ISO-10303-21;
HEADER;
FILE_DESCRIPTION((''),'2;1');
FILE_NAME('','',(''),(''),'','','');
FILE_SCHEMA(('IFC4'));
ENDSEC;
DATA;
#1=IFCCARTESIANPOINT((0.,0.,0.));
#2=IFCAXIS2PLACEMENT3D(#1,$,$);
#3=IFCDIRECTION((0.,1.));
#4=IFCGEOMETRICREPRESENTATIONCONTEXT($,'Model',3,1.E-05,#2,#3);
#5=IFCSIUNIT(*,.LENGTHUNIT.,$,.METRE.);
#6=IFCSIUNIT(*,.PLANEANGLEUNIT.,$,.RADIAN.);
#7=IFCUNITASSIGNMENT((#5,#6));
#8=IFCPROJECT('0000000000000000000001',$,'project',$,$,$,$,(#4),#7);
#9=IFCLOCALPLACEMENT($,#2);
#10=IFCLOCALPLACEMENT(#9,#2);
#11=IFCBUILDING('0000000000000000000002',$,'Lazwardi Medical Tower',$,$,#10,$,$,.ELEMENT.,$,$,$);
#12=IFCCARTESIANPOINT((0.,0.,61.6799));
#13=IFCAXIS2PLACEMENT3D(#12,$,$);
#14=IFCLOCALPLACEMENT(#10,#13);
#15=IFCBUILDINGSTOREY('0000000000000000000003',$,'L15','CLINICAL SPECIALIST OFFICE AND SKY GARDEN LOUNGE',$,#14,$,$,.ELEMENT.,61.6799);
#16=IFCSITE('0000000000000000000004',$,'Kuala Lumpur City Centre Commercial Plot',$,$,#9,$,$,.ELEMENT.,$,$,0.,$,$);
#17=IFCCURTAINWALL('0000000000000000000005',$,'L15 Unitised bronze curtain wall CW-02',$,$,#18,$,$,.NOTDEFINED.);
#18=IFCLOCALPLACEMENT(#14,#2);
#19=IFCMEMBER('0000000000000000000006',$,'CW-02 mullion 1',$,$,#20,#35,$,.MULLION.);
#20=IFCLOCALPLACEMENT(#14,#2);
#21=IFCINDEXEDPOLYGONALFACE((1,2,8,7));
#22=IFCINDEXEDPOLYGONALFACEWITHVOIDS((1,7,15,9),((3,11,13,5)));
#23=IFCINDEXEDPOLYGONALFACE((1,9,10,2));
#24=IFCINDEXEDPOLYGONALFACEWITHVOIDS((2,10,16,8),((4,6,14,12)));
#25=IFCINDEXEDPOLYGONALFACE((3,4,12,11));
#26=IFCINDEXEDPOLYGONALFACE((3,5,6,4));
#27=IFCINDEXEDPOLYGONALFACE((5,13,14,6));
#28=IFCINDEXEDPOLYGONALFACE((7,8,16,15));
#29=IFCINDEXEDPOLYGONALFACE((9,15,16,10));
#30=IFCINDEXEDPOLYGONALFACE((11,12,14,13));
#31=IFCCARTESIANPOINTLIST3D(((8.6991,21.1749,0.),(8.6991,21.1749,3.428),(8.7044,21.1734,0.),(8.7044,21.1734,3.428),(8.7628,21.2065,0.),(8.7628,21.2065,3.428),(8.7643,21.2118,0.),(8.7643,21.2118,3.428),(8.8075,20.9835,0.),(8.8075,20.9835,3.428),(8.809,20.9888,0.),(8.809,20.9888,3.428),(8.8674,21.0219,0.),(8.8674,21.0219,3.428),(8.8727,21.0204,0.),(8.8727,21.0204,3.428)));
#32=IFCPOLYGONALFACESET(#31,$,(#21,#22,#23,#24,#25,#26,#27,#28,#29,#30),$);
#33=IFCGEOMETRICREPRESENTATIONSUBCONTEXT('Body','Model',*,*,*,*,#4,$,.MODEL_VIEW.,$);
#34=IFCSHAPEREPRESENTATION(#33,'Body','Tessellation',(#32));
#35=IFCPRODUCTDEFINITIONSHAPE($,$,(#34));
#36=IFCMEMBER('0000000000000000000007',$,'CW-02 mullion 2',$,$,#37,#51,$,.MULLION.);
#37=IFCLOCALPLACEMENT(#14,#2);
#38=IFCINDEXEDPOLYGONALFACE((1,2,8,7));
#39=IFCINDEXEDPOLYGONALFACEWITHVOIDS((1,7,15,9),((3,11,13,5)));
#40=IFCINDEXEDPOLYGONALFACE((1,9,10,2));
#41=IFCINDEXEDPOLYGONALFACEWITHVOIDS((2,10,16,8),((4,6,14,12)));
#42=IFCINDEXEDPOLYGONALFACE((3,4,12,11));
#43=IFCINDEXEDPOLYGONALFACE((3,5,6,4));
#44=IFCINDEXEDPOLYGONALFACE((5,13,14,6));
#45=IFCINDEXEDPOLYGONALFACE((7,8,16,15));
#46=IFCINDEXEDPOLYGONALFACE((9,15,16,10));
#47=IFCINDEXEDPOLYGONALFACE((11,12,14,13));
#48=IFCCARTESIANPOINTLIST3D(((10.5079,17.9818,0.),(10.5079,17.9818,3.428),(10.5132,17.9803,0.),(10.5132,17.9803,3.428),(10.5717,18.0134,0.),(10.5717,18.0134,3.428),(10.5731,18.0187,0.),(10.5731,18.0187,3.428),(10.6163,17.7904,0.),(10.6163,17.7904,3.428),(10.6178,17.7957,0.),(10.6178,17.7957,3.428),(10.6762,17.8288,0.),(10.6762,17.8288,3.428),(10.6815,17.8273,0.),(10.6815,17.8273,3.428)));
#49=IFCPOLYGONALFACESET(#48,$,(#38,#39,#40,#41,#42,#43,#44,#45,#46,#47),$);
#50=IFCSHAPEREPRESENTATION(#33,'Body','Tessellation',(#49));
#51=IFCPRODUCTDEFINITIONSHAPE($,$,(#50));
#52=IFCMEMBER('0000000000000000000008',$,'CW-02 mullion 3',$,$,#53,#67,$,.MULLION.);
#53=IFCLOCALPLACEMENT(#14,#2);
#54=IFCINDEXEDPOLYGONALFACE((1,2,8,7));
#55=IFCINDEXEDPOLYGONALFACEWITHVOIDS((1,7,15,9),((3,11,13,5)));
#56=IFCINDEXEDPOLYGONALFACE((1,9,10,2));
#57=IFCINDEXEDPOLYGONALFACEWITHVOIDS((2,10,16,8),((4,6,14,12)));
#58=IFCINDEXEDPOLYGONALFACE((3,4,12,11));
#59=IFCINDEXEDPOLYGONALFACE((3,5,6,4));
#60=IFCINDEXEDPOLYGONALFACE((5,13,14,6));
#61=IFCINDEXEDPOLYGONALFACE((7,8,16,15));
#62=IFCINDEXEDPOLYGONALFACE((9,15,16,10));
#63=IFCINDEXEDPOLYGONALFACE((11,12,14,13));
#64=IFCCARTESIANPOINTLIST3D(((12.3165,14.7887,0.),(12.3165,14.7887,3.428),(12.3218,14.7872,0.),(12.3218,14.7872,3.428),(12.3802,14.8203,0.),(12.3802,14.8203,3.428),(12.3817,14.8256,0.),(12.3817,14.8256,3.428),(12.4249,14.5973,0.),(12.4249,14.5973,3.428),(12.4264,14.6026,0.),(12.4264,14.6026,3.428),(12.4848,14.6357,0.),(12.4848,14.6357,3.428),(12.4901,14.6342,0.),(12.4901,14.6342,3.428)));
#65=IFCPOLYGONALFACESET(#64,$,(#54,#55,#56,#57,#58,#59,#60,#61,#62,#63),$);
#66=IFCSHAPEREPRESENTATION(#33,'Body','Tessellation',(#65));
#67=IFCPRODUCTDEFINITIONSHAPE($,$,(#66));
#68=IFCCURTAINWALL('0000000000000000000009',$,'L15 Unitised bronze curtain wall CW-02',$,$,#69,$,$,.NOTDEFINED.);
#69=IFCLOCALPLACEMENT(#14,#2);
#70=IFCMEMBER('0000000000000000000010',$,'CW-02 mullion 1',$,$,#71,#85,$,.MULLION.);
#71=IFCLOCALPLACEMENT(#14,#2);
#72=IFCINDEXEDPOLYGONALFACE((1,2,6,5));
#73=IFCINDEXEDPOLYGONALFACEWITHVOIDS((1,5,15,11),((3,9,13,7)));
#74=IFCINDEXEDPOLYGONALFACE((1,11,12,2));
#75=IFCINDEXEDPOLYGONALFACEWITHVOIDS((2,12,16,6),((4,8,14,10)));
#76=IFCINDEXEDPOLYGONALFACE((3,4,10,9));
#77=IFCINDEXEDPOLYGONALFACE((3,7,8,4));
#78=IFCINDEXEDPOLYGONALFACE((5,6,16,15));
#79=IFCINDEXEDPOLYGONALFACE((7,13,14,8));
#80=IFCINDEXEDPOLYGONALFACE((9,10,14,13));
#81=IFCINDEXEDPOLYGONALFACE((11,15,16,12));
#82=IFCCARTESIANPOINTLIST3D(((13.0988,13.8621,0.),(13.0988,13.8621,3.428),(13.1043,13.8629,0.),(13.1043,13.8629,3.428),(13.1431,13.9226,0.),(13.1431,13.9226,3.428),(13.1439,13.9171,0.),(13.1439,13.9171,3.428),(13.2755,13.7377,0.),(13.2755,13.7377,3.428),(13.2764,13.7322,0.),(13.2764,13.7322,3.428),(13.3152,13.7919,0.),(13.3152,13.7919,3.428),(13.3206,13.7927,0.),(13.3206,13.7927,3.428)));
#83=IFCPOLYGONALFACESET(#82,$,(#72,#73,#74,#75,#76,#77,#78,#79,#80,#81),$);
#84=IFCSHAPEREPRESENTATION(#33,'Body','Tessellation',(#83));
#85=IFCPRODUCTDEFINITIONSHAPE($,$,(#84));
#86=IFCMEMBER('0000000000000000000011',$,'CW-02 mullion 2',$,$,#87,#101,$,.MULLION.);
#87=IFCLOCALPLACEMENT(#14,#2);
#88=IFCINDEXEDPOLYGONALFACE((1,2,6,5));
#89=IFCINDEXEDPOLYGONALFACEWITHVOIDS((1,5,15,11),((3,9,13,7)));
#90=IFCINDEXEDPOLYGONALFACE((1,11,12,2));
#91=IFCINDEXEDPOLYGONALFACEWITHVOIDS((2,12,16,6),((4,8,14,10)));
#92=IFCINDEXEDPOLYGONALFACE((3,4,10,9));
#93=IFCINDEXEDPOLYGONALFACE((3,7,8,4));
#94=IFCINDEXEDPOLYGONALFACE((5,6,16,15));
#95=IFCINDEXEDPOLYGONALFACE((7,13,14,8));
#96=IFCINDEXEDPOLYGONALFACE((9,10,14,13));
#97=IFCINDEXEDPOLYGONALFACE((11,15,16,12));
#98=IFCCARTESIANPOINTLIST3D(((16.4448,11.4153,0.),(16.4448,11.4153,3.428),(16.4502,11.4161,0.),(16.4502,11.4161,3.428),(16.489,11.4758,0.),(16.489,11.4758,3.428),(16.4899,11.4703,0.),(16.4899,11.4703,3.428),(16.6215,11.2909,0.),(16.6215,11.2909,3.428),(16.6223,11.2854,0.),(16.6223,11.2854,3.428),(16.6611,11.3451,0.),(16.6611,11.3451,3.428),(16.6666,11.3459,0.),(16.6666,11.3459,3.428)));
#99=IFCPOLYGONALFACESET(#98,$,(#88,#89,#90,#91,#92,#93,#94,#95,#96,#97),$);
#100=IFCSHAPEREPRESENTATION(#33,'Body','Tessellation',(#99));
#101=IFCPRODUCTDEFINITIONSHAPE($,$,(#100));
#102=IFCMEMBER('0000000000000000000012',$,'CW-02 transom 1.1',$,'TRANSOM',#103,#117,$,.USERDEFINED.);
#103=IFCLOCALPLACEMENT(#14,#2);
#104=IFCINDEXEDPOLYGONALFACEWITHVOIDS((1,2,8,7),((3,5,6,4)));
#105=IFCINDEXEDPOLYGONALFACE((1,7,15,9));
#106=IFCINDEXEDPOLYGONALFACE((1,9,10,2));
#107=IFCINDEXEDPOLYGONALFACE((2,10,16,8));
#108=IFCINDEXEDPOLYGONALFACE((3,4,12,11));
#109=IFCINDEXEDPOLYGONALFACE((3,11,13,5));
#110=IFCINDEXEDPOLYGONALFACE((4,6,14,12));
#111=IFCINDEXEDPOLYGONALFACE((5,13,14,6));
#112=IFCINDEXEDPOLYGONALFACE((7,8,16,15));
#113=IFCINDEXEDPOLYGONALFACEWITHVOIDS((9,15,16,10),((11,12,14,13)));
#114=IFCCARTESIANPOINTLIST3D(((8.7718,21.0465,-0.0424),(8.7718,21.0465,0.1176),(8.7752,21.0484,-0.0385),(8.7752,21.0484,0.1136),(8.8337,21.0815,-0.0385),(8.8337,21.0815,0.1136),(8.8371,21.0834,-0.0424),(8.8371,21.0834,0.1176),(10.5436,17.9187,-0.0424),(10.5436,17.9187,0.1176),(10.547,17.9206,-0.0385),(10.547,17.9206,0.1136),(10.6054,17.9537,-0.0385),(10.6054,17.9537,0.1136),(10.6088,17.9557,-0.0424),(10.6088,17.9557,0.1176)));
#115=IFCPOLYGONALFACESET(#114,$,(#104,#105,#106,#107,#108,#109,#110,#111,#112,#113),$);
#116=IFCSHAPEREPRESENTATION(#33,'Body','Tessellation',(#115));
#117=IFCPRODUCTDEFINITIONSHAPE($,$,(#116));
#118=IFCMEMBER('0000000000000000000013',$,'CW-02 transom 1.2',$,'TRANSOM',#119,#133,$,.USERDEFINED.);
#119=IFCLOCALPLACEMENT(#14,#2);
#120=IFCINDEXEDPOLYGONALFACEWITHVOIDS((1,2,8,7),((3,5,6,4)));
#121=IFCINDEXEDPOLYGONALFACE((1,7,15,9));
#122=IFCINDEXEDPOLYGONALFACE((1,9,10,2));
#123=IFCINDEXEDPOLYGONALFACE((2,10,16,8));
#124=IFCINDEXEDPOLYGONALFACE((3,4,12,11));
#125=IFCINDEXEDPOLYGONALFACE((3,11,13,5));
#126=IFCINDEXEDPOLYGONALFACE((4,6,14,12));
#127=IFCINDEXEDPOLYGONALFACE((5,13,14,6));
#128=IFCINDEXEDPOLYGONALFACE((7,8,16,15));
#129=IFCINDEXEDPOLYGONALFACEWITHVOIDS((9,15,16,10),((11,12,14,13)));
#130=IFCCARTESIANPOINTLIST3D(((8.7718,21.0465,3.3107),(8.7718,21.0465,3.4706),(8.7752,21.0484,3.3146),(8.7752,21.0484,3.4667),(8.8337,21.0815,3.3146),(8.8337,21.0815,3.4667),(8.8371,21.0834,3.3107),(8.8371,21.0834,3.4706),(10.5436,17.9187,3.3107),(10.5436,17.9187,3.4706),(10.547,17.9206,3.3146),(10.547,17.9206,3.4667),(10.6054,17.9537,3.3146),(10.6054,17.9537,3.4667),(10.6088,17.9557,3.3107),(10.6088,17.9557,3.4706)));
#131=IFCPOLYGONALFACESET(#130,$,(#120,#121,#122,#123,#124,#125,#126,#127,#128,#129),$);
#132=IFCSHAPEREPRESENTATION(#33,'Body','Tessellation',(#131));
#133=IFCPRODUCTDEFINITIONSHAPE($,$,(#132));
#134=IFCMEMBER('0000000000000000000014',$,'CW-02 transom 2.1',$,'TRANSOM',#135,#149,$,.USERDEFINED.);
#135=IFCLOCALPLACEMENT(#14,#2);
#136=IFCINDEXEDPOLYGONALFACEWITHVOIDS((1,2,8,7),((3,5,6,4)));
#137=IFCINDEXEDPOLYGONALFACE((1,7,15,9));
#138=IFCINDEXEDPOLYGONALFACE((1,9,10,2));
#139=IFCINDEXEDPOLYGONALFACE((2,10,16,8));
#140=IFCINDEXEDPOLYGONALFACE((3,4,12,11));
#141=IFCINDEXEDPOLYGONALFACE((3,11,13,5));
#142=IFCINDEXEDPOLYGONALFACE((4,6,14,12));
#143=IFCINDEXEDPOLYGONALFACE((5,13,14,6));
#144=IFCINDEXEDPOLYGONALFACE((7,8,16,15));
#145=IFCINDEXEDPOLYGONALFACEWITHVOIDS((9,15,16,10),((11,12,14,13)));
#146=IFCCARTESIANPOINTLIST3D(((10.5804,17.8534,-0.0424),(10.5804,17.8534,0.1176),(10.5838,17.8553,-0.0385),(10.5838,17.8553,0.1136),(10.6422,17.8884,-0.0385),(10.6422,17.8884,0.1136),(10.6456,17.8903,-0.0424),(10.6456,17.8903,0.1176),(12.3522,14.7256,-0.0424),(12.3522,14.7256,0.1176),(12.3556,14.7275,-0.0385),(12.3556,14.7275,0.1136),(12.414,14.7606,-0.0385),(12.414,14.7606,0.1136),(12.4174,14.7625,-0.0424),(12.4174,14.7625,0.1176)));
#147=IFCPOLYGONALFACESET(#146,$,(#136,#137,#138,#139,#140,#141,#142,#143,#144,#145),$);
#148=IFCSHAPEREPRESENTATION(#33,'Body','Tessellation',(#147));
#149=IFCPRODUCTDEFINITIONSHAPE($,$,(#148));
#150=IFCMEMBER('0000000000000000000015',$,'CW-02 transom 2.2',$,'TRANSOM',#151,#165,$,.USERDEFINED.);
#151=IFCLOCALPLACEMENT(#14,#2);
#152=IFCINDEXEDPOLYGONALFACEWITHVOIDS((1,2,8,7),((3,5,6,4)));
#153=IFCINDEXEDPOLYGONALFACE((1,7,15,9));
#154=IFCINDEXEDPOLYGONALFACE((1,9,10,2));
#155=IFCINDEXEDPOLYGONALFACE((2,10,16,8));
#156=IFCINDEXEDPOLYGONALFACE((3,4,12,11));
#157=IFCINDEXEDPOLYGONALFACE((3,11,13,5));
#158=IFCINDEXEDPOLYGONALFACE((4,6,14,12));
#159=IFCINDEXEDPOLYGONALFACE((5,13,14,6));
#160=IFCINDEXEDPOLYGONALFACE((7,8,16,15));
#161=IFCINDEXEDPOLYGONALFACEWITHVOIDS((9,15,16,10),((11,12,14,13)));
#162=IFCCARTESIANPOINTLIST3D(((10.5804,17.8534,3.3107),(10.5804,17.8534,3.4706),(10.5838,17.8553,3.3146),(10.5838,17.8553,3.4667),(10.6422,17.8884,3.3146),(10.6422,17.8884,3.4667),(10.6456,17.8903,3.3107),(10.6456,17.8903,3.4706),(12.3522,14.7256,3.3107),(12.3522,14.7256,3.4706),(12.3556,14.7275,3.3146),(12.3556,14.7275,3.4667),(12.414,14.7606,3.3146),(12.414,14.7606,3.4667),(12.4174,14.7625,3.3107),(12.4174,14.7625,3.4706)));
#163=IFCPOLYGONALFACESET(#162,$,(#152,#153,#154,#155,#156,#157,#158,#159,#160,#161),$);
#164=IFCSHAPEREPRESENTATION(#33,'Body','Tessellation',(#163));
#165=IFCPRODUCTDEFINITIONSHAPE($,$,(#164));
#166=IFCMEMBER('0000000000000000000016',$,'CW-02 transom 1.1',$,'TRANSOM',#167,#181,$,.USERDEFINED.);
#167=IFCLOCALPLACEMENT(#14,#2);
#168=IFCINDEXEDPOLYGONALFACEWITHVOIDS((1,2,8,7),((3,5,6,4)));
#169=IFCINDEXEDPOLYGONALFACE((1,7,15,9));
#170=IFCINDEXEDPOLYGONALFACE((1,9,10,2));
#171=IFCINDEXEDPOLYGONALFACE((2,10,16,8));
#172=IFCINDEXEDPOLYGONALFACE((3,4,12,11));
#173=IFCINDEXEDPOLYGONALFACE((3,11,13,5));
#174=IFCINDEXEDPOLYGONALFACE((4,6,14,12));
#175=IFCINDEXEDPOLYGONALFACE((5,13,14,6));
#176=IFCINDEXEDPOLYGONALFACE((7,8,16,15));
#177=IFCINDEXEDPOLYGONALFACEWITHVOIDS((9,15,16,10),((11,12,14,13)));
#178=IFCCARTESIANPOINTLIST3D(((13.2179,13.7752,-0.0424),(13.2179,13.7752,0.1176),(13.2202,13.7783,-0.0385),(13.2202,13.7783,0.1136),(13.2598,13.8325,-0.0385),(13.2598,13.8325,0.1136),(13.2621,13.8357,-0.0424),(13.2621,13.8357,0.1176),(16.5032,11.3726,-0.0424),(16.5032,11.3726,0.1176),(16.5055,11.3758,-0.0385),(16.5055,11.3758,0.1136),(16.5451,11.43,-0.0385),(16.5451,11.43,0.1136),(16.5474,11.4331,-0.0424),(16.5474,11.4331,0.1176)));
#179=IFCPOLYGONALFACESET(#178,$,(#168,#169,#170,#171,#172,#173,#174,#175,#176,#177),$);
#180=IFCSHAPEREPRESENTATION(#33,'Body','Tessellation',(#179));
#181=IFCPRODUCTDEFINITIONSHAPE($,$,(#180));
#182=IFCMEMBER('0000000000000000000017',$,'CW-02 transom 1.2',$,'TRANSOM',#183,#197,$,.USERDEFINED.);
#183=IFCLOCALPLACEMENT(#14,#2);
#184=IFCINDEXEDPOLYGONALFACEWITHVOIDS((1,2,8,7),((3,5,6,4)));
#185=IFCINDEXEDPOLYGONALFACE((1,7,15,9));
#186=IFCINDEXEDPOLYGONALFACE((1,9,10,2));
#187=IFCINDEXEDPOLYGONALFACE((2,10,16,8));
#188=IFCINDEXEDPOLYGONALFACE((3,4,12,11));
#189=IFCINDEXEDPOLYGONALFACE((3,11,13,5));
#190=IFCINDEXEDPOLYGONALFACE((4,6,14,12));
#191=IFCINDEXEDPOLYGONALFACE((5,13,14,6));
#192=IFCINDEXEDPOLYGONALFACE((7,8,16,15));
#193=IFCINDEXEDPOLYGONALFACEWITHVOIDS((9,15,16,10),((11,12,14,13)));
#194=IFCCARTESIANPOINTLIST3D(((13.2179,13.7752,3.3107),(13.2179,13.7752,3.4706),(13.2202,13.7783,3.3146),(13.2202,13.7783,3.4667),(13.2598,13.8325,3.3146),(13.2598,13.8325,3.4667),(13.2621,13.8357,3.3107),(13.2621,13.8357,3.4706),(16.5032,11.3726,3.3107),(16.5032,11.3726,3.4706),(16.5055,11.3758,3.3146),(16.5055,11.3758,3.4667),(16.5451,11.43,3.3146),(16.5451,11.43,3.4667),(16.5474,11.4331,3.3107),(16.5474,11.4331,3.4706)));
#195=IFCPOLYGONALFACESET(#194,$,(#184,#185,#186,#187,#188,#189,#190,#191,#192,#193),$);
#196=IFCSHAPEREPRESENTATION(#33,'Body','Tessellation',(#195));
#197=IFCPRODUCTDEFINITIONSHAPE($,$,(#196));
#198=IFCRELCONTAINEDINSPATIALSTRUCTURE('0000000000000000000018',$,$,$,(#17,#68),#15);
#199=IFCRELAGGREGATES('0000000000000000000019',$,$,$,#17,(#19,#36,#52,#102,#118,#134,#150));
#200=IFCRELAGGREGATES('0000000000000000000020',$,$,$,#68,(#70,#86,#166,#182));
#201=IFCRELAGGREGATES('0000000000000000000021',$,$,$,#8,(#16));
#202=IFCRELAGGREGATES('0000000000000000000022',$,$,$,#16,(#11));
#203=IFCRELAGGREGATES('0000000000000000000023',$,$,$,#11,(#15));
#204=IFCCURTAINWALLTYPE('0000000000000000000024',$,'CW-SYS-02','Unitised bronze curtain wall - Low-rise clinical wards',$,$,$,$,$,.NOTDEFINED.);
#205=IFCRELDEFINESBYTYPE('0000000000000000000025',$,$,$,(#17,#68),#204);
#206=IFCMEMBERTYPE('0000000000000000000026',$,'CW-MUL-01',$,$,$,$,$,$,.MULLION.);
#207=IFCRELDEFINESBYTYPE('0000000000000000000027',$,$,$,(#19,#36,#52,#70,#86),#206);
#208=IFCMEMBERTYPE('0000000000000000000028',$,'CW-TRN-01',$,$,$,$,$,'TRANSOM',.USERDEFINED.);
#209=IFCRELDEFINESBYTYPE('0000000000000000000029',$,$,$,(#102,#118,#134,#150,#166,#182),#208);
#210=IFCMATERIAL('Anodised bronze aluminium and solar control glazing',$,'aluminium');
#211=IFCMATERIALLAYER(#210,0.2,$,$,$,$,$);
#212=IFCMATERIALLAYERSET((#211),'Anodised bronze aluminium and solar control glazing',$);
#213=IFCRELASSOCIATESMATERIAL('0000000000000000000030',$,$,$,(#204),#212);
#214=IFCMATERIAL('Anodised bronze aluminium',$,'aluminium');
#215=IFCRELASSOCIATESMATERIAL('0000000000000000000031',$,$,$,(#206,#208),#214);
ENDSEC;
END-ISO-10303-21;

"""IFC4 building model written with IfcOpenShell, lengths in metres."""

from ifc_helpers import new_model, si_unit, direction, frame, origin, origin_2d, place, context, subcontext, project, spatial, hollow_rectangle, extrude, material, layer, layer_set, material_profile, profile_set, type_object, element, aggregate, save


model = new_model("IFC4")

# Units and contexts
model_context = context("Model", 3, precision=1e-05, world=origin(), true_north=direction((0.0, 1.0)))
body_context = subcontext(model_context, "Body", "Model", "MODEL_VIEW")
ifc_project = project(units=[si_unit("LENGTHUNIT", "METRE"), si_unit("PLANEANGLEUNIT", "RADIAN")], contexts=[model_context])

# Site, building, storey
site_placement = place(None, origin())
site = spatial("IfcSite", under=ifc_project, at=site_placement, Name="Kuala Lumpur City Centre Commercial Plot", CompositionType="ELEMENT", RefElevation=0.0)
building_placement = place(site_placement, origin())
building = spatial("IfcBuilding", under=site, at=building_placement, Name="Lazwardi Medical Tower", CompositionType="ELEMENT")
storey_placement = place(building_placement, frame((0.0, 0.0, 61.6799)))
storey = spatial("IfcBuildingStorey", under=building, at=storey_placement, Name="L15", Description="CLINICAL SPECIALIST OFFICE AND SKY GARDEN LOUNGE", CompositionType="ELEMENT", Elevation=61.6799)

# Curtain walls, members
ifc_material_1 = material(Name="Anodised bronze aluminium and solar control glazing", Category="aluminium")
ifc_layer_1 = layer(ifc_material_1, 0.2)
ifc_layer_set_1 = layer_set([ifc_layer_1], Name="Anodised bronze aluminium and solar control glazing")
curtain_wall_type = type_object("IfcCurtainWallType", Name="CW-SYS-02", Description="Unitised bronze curtain wall - Low-rise clinical wards", PredefinedType="NOTDEFINED", material=ifc_layer_set_1)
curtain_wall_1_placement = place(storey_placement, origin())
curtain_wall_1 = element("IfcCurtainWall", 1, at=curtain_wall_1_placement, inside=storey, type_object=curtain_wall_type, Name="L15 Unitised bronze curtain wall CW-02", PredefinedType="NOTDEFINED")
ifc_material_2 = material(Name="Anodised bronze aluminium", Category="aluminium")
ifc_material_profile_1 = material_profile(ifc_material_2, hollow_rectangle(XDim=0.075, YDim=0.22, WallThickness=0.0039, at=origin_2d()), Name="ALU-MULLION 220x75x4")
ifc_profile_set_1 = profile_set([ifc_material_profile_1], Name="Anodised bronze aluminium")
member_type_1 = type_object("IfcMemberType", Name="CW-MUL-01", PredefinedType="MULLION", material=ifc_profile_set_1)
member_1_placement = place(storey_placement, frame((8.7859, 21.0977, 0.0), z_axis=(0.0, 0.0, 1.0), x_axis=(0.870112, 0.492854, 0.0)))
member_1 = element("IfcMember", 2, at=member_1_placement, type_object=member_type_1, Name="CW-02 mullion 1", PredefinedType="MULLION", context=body_context, shape_type="SweptSolid", body=[
    extrude(hollow_rectangle(XDim=0.075, YDim=0.22, WallThickness=0.0039, at=origin_2d()), origin(), (0.0, 0.0, 1.0), 3.428),
])
member_2_placement = place(storey_placement, frame((10.5947, 17.9045, 0.0), z_axis=(0.0, 0.0, 1.0), x_axis=(0.870112, 0.492854, 0.0)))
member_2 = element("IfcMember", 3, at=member_2_placement, type_object=member_type_1, Name="CW-02 mullion 2", PredefinedType="MULLION", context=body_context, shape_type="SweptSolid", body=[
    extrude(hollow_rectangle(XDim=0.075, YDim=0.22, WallThickness=0.0039, at=origin_2d()), origin(), (0.0, 0.0, 1.0), 3.428),
])
member_3_placement = place(storey_placement, frame((12.4033, 14.7114, 0.0), z_axis=(0.0, 0.0, 1.0), x_axis=(0.870112, 0.492854, 0.0)))
member_3 = element("IfcMember", 4, at=member_3_placement, type_object=member_type_1, Name="CW-02 mullion 3", PredefinedType="MULLION", context=body_context, shape_type="SweptSolid", body=[
    extrude(hollow_rectangle(XDim=0.075, YDim=0.22, WallThickness=0.0039, at=origin_2d()), origin(), (0.0, 0.0, 1.0), 3.428),
])
curtain_wall_2_placement = place(storey_placement, origin())
curtain_wall_2 = element("IfcCurtainWall", 5, at=curtain_wall_2_placement, inside=storey, type_object=curtain_wall_type, Name="L15 Unitised bronze curtain wall CW-02", PredefinedType="NOTDEFINED")
member_4_placement = place(storey_placement, frame((13.2097, 13.8274, 0.0), z_axis=(0.0, 0.0, 1.0), x_axis=(0.590289, 0.807192, 0.0)))
member_4 = element("IfcMember", 6, at=member_4_placement, type_object=member_type_1, Name="CW-02 mullion 1", PredefinedType="MULLION", context=body_context, shape_type="SweptSolid", body=[
    extrude(hollow_rectangle(XDim=0.075, YDim=0.22, WallThickness=0.0039, at=origin_2d()), origin(), (0.0, 0.0, 1.0), 3.428),
])
member_5_placement = place(storey_placement, frame((16.5557, 11.3806, 0.0), z_axis=(0.0, 0.0, 1.0), x_axis=(0.590289, 0.807192, 0.0)))
member_5 = element("IfcMember", 7, at=member_5_placement, type_object=member_type_1, Name="CW-02 mullion 2", PredefinedType="MULLION", context=body_context, shape_type="SweptSolid", body=[
    extrude(hollow_rectangle(XDim=0.075, YDim=0.22, WallThickness=0.0039, at=origin_2d()), origin(), (0.0, 0.0, 1.0), 3.428),
])

# Members
ifc_material_profile_2 = material_profile(ifc_material_2, hollow_rectangle(XDim=0.075, YDim=0.1599, WallThickness=0.0039, at=origin_2d()), Name="ALU-TRANSOM 160x75x4")
ifc_profile_set_2 = profile_set([ifc_material_profile_2], Name="Anodised bronze aluminium")
member_type_2 = type_object("IfcMemberType", Name="CW-TRN-01", ElementType="TRANSOM", PredefinedType="USERDEFINED", material=ifc_profile_set_2)
member_6_placement = place(storey_placement, frame((8.8044, 21.0649, 0.0376), z_axis=(0.492881, -0.870097, 0.0), x_axis=(0.870097, 0.492881, 0.0)))
member_6 = element("IfcMember", 8, at=member_6_placement, type_object=member_type_2, Name="CW-02 transom 1.1", ObjectType="TRANSOM", PredefinedType="USERDEFINED", context=body_context, shape_type="SweptSolid", body=[
    extrude(hollow_rectangle(XDim=0.075, YDim=0.1599, WallThickness=0.0039, at=origin_2d()), origin(), (0.0, 0.0, 1.0), 3.5947),
])
member_7_placement = place(storey_placement, frame((8.8044, 21.0649, 3.3906), z_axis=(0.492881, -0.870097, 0.0), x_axis=(0.870097, 0.492881, 0.0)))
member_7 = element("IfcMember", 9, at=member_7_placement, type_object=member_type_2, Name="CW-02 transom 1.2", ObjectType="TRANSOM", PredefinedType="USERDEFINED", context=body_context, shape_type="SweptSolid", body=[
    extrude(hollow_rectangle(XDim=0.075, YDim=0.1599, WallThickness=0.0039, at=origin_2d()), origin(), (0.0, 0.0, 1.0), 3.5947),
])
member_8_placement = place(storey_placement, frame((10.613, 17.8718, 0.0376), z_axis=(0.492881, -0.870097, 0.0), x_axis=(0.870097, 0.492881, 0.0)))
member_8 = element("IfcMember", 10, at=member_8_placement, type_object=member_type_2, Name="CW-02 transom 2.1", ObjectType="TRANSOM", PredefinedType="USERDEFINED", context=body_context, shape_type="SweptSolid", body=[
    extrude(hollow_rectangle(XDim=0.075, YDim=0.1599, WallThickness=0.0039, at=origin_2d()), origin(), (0.0, 0.0, 1.0), 3.5947),
])
member_9_placement = place(storey_placement, frame((10.613, 17.8718, 3.3906), z_axis=(0.492881, -0.870097, 0.0), x_axis=(0.870097, 0.492881, 0.0)))
member_9 = element("IfcMember", 11, at=member_9_placement, type_object=member_type_2, Name="CW-02 transom 2.2", ObjectType="TRANSOM", PredefinedType="USERDEFINED", context=body_context, shape_type="SweptSolid", body=[
    extrude(hollow_rectangle(XDim=0.075, YDim=0.1599, WallThickness=0.0039, at=origin_2d()), origin(), (0.0, 0.0, 1.0), 3.5947),
])
member_10_placement = place(storey_placement, frame((13.24, 13.8054, 0.0376), z_axis=(0.80719, -0.590292, 0.0), x_axis=(0.590292, 0.80719, 0.0)))
member_10 = element("IfcMember", 12, at=member_10_placement, type_object=member_type_2, Name="CW-02 transom 1.1", ObjectType="TRANSOM", PredefinedType="USERDEFINED", context=body_context, shape_type="SweptSolid", body=[
    extrude(hollow_rectangle(XDim=0.075, YDim=0.1599, WallThickness=0.0039, at=origin_2d()), origin(), (0.0, 0.0, 1.0), 4.0701),
])
member_11_placement = place(storey_placement, frame((13.24, 13.8054, 3.3906), z_axis=(0.80719, -0.590292, 0.0), x_axis=(0.590292, 0.80719, 0.0)))
member_11 = element("IfcMember", 13, at=member_11_placement, type_object=member_type_2, Name="CW-02 transom 1.2", ObjectType="TRANSOM", PredefinedType="USERDEFINED", context=body_context, shape_type="SweptSolid", body=[
    extrude(hollow_rectangle(XDim=0.075, YDim=0.1599, WallThickness=0.0039, at=origin_2d()), origin(), (0.0, 0.0, 1.0), 4.0701),
])

aggregate(curtain_wall_1, [member_1, member_2, member_3, member_6, member_7, member_8, member_9])
aggregate(curtain_wall_2, [member_4, member_5, member_10, member_11])

save(model, "model.ifc")
